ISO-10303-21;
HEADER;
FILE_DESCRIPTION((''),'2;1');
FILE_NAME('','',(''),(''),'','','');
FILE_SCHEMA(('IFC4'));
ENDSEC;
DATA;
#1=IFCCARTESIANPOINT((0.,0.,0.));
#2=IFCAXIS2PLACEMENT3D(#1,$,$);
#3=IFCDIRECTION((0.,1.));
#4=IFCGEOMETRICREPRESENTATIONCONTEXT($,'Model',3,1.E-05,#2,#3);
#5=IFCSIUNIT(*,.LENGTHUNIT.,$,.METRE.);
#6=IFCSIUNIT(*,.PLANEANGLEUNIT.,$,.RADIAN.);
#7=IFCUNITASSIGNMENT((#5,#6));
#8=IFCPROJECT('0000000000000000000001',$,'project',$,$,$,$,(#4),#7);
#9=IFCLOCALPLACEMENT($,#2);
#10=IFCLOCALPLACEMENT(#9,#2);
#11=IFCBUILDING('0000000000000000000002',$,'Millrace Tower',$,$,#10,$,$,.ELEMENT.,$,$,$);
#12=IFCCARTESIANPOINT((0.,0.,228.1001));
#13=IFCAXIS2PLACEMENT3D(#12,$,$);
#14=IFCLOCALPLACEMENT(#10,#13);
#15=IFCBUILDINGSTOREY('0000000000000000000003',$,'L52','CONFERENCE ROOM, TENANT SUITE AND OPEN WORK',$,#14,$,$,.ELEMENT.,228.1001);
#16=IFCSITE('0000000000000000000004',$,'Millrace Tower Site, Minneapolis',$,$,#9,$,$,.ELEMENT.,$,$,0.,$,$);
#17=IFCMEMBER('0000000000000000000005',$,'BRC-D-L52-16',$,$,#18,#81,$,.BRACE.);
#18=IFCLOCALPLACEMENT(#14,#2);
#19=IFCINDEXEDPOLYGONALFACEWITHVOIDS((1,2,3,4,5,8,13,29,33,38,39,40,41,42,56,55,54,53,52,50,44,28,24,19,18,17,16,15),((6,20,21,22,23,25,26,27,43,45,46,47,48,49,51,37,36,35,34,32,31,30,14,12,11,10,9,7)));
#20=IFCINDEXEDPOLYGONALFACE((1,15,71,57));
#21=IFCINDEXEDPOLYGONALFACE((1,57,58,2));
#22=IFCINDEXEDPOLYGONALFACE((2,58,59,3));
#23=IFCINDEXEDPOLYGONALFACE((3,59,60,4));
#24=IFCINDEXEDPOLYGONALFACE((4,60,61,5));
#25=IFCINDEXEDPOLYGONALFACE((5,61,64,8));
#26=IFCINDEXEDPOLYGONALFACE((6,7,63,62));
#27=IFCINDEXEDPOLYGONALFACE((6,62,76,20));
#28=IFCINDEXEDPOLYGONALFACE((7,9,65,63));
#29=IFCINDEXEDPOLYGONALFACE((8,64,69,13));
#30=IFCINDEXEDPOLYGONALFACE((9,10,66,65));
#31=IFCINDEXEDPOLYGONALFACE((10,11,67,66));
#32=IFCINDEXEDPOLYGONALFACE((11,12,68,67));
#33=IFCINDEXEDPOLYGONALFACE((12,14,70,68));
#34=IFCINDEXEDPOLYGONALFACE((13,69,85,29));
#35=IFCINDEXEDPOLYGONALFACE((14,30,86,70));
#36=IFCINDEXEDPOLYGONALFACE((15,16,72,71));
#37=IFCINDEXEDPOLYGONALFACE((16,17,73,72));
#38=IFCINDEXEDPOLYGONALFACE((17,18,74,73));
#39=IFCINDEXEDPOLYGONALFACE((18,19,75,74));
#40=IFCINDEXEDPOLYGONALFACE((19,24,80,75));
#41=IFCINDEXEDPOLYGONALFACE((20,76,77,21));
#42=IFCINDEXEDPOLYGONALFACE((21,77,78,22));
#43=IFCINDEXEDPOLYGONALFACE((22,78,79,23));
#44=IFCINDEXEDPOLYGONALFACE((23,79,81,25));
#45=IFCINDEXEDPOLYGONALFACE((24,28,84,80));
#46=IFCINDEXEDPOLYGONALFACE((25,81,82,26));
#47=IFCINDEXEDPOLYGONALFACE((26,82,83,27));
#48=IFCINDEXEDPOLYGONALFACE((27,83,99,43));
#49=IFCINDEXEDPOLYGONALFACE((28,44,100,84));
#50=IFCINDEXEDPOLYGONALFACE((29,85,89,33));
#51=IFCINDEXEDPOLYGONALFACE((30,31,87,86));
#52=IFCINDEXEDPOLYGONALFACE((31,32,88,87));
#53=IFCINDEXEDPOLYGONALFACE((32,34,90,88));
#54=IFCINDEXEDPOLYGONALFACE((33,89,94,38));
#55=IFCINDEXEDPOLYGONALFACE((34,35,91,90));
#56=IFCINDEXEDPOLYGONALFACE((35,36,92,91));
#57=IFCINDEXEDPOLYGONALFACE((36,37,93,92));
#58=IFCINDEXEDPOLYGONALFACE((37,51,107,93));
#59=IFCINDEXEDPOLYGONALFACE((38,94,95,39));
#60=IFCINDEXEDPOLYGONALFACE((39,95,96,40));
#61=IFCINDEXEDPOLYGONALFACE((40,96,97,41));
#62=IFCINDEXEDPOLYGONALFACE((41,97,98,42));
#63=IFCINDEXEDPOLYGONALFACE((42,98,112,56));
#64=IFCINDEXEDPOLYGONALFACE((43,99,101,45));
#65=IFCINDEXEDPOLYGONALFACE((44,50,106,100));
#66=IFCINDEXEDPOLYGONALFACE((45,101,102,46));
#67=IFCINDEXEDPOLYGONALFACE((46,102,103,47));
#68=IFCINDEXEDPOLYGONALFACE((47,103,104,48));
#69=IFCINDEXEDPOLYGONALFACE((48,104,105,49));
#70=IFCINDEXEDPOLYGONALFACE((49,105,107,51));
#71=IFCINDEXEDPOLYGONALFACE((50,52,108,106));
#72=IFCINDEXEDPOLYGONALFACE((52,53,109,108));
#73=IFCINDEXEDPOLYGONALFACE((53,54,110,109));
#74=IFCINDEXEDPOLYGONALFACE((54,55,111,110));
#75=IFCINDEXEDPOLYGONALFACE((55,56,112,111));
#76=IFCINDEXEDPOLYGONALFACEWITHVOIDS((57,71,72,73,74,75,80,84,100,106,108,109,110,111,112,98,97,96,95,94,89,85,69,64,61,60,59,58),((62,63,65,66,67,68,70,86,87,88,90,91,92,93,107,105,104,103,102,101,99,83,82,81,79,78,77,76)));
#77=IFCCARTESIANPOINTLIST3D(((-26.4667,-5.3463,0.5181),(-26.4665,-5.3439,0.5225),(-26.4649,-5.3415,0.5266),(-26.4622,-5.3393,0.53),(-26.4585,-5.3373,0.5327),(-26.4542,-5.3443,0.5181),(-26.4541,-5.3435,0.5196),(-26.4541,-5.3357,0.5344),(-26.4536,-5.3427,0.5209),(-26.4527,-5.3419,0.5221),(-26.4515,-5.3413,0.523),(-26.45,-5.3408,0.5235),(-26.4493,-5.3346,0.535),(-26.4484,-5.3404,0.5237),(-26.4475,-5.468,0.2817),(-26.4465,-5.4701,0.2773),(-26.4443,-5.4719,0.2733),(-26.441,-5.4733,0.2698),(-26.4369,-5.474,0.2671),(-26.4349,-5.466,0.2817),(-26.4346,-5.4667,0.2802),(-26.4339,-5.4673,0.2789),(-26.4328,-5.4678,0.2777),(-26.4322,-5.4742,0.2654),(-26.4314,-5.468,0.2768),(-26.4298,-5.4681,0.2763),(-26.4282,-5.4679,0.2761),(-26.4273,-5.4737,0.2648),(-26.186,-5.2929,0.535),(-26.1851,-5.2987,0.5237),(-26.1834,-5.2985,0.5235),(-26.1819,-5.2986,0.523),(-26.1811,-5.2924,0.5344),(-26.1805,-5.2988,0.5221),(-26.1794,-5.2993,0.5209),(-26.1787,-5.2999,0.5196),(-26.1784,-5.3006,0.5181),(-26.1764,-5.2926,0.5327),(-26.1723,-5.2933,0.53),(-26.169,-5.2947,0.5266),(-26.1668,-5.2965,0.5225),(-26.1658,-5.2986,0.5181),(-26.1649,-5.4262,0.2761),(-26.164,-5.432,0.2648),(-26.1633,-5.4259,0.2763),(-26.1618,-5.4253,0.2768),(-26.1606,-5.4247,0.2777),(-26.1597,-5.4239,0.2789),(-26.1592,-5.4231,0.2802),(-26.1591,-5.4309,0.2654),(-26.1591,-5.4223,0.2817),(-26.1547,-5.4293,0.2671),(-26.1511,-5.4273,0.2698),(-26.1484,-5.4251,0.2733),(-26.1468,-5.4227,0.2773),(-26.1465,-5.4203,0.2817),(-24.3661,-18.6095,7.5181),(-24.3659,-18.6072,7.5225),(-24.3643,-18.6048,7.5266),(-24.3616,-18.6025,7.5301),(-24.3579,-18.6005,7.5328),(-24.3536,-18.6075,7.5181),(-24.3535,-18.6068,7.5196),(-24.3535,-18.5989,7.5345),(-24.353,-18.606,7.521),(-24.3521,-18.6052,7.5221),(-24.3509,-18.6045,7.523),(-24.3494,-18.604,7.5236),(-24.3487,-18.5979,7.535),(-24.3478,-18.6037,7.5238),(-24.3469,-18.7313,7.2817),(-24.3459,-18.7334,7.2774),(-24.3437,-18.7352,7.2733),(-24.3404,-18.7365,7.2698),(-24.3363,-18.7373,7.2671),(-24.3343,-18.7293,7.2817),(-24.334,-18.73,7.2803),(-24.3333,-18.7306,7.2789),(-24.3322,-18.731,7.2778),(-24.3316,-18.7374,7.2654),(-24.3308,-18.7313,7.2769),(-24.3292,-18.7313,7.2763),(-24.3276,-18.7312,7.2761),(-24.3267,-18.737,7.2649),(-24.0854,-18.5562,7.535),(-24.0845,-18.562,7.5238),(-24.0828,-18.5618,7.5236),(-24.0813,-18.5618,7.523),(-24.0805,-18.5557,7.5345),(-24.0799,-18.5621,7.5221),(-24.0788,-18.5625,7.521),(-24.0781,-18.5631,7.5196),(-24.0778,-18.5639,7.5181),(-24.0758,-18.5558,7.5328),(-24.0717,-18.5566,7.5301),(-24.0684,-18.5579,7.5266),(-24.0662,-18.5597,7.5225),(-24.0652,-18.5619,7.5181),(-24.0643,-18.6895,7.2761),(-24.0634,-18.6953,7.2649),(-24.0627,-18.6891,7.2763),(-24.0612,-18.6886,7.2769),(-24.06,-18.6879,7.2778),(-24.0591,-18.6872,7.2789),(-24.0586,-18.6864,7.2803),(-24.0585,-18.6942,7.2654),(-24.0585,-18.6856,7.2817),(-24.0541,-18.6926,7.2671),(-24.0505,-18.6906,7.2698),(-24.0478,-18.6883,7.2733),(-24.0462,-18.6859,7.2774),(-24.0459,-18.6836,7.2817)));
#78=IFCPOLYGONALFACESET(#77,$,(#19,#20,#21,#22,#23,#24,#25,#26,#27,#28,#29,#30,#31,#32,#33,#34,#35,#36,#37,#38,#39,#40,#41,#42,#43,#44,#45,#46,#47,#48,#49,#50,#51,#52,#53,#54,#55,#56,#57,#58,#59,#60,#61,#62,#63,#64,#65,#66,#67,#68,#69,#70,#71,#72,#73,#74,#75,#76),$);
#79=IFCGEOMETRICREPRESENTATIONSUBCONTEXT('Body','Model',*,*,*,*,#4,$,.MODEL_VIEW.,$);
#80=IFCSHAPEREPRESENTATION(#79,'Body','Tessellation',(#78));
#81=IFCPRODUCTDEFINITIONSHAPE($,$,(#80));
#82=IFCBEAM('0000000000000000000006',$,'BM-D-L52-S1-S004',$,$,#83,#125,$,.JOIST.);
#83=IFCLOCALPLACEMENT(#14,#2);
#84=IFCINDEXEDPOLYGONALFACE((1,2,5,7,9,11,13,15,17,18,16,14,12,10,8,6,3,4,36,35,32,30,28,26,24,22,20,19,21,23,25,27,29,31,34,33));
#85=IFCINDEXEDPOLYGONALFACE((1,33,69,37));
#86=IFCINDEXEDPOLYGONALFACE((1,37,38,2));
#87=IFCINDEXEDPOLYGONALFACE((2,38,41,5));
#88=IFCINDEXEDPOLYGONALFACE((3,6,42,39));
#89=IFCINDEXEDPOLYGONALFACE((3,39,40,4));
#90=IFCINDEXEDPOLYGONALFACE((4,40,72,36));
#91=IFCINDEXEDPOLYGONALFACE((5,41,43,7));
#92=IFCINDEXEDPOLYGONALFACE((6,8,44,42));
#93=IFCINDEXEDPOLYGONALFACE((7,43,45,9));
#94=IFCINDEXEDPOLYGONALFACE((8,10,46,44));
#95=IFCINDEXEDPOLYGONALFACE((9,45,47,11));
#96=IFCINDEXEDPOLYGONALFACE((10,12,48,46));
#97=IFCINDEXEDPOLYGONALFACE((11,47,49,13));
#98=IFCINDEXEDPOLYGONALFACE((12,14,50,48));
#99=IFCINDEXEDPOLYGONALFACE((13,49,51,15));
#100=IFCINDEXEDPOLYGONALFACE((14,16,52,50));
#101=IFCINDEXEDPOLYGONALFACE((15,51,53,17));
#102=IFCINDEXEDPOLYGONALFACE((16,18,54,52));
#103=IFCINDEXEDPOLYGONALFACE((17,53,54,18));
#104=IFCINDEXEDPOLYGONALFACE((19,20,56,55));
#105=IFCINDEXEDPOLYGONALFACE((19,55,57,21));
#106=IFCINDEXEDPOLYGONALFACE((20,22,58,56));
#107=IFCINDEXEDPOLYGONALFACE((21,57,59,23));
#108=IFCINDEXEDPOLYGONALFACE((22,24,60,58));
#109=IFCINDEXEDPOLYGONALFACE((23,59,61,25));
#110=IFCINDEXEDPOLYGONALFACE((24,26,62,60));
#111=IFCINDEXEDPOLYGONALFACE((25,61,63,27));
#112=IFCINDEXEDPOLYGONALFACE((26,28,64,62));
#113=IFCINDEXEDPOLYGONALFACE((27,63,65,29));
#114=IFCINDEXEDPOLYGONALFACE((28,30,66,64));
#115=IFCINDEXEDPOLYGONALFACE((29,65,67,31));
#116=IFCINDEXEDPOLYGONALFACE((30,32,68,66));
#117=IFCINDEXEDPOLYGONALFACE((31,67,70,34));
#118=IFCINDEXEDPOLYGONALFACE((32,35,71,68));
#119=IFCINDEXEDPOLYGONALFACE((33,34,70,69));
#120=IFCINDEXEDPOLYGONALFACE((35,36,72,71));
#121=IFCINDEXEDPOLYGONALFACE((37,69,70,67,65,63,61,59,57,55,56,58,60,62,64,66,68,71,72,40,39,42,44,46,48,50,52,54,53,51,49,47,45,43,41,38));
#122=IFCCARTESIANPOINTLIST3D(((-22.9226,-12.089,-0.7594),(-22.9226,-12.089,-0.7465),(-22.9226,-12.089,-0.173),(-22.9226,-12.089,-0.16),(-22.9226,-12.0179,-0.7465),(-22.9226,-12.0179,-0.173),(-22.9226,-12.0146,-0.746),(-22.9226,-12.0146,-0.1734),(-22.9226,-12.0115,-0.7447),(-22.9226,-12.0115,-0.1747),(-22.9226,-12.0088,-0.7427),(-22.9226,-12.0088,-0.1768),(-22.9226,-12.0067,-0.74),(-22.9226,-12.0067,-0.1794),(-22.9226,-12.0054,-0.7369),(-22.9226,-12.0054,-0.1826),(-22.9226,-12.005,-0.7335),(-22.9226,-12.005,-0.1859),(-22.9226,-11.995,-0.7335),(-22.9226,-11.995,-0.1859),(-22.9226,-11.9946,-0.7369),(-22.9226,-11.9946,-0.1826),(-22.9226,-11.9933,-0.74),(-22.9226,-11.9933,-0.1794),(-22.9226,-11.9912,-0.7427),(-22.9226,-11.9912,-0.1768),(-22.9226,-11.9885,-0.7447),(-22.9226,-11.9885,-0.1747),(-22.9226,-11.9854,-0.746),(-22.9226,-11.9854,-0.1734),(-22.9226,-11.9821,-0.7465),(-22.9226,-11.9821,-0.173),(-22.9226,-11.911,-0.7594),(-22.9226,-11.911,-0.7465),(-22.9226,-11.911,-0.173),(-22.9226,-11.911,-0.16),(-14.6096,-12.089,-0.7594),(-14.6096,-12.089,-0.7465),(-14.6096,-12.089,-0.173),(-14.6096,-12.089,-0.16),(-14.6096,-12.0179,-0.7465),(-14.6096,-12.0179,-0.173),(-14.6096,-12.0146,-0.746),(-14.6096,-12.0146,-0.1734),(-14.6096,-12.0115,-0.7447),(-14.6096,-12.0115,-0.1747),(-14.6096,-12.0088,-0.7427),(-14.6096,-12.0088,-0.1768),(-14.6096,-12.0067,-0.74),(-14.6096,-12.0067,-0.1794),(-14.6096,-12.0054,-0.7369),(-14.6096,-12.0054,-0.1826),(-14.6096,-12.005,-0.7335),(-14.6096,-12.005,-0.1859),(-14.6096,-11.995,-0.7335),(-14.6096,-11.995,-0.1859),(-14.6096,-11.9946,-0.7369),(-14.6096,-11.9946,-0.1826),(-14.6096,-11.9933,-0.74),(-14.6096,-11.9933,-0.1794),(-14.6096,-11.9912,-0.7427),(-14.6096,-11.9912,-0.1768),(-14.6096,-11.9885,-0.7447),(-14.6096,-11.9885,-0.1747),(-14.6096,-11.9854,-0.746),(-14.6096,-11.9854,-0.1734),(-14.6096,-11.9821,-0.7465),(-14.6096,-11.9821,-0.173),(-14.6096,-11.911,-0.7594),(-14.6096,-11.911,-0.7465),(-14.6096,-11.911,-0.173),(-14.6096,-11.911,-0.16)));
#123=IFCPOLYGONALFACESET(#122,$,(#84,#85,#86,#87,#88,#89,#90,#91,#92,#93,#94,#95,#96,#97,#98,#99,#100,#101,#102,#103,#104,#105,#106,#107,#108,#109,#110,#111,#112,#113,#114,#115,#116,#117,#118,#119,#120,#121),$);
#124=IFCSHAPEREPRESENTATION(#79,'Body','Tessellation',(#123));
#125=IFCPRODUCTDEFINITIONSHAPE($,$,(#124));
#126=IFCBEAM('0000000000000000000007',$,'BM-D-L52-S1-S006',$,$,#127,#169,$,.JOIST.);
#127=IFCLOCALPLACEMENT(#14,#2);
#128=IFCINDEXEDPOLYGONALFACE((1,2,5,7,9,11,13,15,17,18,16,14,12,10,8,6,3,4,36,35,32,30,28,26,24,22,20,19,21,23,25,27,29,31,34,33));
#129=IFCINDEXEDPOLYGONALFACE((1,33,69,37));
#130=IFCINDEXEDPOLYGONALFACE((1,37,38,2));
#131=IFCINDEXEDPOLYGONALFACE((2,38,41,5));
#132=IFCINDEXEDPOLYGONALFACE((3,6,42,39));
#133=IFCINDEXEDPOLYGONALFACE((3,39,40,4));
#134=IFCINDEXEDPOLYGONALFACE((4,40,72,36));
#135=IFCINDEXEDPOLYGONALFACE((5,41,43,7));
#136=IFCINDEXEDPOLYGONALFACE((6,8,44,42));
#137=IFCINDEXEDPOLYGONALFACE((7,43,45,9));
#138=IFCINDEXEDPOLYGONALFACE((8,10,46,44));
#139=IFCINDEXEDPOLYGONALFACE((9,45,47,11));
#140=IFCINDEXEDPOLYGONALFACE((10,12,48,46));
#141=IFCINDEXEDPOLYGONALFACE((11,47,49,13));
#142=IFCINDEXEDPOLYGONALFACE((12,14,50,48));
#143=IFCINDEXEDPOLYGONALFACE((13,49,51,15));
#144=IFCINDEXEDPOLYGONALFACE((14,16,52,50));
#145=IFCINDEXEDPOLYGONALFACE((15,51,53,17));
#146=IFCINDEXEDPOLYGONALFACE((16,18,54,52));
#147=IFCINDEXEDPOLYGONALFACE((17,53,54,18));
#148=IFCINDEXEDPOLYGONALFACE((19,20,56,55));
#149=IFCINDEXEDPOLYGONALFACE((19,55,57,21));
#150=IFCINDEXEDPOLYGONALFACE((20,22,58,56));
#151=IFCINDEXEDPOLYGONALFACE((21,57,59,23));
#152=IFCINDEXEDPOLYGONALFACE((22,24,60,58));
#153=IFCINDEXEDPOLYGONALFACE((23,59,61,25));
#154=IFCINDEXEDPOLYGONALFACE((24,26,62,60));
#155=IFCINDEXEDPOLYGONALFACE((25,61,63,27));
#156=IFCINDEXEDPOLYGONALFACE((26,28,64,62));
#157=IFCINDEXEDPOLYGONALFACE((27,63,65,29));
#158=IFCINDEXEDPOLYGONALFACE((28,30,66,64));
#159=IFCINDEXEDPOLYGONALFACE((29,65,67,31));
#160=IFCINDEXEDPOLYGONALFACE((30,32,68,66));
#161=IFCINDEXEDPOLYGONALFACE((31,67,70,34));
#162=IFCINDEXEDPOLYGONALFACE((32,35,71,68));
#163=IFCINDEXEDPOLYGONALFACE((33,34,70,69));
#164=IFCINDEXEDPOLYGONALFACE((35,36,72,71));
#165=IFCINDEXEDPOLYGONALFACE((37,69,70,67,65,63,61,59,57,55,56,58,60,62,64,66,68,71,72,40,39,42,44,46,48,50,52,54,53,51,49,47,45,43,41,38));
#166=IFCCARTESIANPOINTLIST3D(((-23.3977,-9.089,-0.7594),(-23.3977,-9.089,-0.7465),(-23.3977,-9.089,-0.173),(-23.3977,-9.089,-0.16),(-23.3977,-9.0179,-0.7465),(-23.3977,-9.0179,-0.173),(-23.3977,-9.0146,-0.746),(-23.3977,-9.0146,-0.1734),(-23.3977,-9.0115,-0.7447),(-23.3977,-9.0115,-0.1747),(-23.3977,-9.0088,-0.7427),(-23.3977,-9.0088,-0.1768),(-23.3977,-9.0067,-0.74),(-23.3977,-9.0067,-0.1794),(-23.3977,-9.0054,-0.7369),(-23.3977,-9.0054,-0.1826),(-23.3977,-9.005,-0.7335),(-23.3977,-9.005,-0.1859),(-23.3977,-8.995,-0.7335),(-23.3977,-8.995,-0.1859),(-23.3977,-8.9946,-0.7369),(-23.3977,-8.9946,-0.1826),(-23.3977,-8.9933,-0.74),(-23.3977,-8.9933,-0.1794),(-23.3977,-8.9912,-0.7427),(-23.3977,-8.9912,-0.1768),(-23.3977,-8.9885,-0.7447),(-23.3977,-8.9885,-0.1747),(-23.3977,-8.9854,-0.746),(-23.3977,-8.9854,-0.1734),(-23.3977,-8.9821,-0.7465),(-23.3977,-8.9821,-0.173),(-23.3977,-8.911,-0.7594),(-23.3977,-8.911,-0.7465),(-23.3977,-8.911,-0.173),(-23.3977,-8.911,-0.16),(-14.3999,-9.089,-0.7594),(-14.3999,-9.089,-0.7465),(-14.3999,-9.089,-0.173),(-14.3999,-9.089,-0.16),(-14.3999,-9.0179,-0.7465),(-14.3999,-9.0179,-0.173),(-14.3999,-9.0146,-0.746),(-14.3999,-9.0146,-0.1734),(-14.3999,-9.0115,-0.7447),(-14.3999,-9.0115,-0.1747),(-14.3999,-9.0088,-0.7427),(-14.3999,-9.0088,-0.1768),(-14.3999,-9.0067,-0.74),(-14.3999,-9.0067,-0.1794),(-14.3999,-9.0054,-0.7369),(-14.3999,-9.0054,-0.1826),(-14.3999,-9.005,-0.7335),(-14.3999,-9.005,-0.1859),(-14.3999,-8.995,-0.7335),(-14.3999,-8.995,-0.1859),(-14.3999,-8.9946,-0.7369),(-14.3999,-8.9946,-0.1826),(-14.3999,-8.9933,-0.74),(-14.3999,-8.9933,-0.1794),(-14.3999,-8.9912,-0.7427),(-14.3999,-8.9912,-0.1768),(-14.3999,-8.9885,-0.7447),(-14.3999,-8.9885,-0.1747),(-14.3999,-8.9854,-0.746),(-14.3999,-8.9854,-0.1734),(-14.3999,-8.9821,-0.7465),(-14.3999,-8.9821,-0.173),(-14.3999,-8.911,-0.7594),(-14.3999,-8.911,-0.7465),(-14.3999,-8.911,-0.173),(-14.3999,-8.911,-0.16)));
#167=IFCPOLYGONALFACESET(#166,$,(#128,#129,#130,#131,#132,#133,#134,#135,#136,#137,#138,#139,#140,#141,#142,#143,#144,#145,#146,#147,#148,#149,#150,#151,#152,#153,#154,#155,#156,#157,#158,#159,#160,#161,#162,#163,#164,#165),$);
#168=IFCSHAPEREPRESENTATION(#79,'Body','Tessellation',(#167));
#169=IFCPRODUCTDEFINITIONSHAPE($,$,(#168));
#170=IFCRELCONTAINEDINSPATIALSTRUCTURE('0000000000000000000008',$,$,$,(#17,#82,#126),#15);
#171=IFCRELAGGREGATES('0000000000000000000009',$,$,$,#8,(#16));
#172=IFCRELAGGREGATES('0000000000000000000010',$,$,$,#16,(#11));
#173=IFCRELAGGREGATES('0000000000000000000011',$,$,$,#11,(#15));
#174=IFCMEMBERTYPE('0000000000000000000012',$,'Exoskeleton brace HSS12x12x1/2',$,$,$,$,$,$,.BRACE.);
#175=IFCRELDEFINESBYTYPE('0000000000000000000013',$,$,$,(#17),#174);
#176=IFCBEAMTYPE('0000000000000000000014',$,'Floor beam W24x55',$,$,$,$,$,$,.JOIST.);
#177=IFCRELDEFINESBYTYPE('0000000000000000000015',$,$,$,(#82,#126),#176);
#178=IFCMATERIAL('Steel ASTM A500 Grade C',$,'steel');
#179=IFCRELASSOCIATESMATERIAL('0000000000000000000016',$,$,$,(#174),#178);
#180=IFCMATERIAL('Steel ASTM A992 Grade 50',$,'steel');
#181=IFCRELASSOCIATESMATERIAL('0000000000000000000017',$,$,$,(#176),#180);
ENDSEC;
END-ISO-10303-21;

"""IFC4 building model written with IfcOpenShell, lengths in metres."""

from ifc_helpers import new_model, si_unit, direction, frame, origin, origin_2d, place, context, subcontext, project, spatial, hollow_rectangle, i_section, extrude, material, material_profile, profile_set, type_object, element, save


model = new_model("IFC4")

# Units and contexts
model_context = context("Model", 3, precision=1e-05, world=origin(), true_north=direction((0.0, 1.0)))
body_context = subcontext(model_context, "Body", "Model", "MODEL_VIEW")
ifc_project = project(units=[si_unit("LENGTHUNIT", "METRE"), si_unit("PLANEANGLEUNIT", "RADIAN")], contexts=[model_context])

# Site, building, storey
site_placement = place(None, origin())
site = spatial("IfcSite", under=ifc_project, at=site_placement, Name="Millrace Tower Site, Minneapolis", CompositionType="ELEMENT", RefElevation=0.0)
building_placement = place(site_placement, origin())
building = spatial("IfcBuilding", under=site, at=building_placement, Name="Millrace Tower", CompositionType="ELEMENT")
storey_placement = place(building_placement, frame((0.0, 0.0, 228.1001)))
storey = spatial("IfcBuildingStorey", under=building, at=storey_placement, Name="L52", Description="CONFERENCE ROOM, TENANT SUITE AND OPEN WORK", CompositionType="ELEMENT", Elevation=228.1001)

# Member
ifc_material_1 = material(Name="Steel ASTM A500 Grade C", Category="steel")
ifc_material_profile_1 = material_profile(ifc_material_1, hollow_rectangle(XDim=0.3047, YDim=0.3047, WallThickness=0.0127, InnerFilletRadius=0.0063, OuterFilletRadius=0.019, at=origin_2d()))
ifc_profile_set_1 = profile_set([ifc_material_profile_1], Name="Steel ASTM A500 Grade C")
member_type_1 = type_object("IfcMemberType", Name="Exoskeleton brace HSS12x12x1/2", PredefinedType="BRACE", material=ifc_profile_set_1)
member_1_placement = place(storey_placement, frame((-26.3066, -5.3833, 0.3999), z_axis=(0.138712, -0.875836, 0.462246), x_axis=(0.987689, 0.156427, 0.0)))
element("IfcMember", 1, at=member_1_placement, inside=storey, type_object=member_type_1, Name="BRC-D-L52-16", PredefinedType="BRACE", context=body_context, shape_type="SweptSolid", body=[
    extrude(hollow_rectangle(XDim=0.3047, YDim=0.3047, WallThickness=0.0127, InnerFilletRadius=0.0063, OuterFilletRadius=0.019, at=origin_2d()), origin(), (0.0, 0.0, 1.0), 15.1436),
])

# Beams
ifc_material_2 = material(Name="Steel ASTM A992 Grade 50", Category="steel")
ifc_material_profile_2 = material_profile(ifc_material_2, i_section(OverallWidth=0.178, OverallDepth=0.5994, WebThickness=0.01, FlangeThickness=0.0129, FilletRadius=0.0129, at=origin_2d()))
ifc_profile_set_2 = profile_set([ifc_material_profile_2], Name="Steel ASTM A992 Grade 50")
beam_type_1 = type_object("IfcBeamType", Name="Floor beam W24x55", PredefinedType="JOIST", material=ifc_profile_set_2)
beam_1_placement = place(storey_placement, frame((-22.9226, -12.0, -0.4597), z_axis=(1.0, 0.0, 0.0), x_axis=(0.0, 1.0, 0.0)))
element("IfcBeam", 2, at=beam_1_placement, inside=storey, type_object=beam_type_1, Name="BM-D-L52-S1-S004", PredefinedType="JOIST", context=body_context, shape_type="SweptSolid", body=[
    extrude(i_section(OverallWidth=0.178, OverallDepth=0.5994, WebThickness=0.01, FlangeThickness=0.0129, FilletRadius=0.0129, at=origin_2d()), origin(), (0.0, 0.0, 1.0), 8.313),
])
beam_2_placement = place(storey_placement, frame((-23.3977, -9.0, -0.4597), z_axis=(1.0, 0.0, 0.0), x_axis=(0.0, 1.0, 0.0)))
element("IfcBeam", 3, at=beam_2_placement, inside=storey, type_object=beam_type_1, Name="BM-D-L52-S1-S006", PredefinedType="JOIST", context=body_context, shape_type="SweptSolid", body=[
    extrude(i_section(OverallWidth=0.178, OverallDepth=0.5994, WebThickness=0.01, FlangeThickness=0.0129, FilletRadius=0.0129, at=origin_2d()), origin(), (0.0, 0.0, 1.0), 8.9978),
])

save(model, "model.ifc")
